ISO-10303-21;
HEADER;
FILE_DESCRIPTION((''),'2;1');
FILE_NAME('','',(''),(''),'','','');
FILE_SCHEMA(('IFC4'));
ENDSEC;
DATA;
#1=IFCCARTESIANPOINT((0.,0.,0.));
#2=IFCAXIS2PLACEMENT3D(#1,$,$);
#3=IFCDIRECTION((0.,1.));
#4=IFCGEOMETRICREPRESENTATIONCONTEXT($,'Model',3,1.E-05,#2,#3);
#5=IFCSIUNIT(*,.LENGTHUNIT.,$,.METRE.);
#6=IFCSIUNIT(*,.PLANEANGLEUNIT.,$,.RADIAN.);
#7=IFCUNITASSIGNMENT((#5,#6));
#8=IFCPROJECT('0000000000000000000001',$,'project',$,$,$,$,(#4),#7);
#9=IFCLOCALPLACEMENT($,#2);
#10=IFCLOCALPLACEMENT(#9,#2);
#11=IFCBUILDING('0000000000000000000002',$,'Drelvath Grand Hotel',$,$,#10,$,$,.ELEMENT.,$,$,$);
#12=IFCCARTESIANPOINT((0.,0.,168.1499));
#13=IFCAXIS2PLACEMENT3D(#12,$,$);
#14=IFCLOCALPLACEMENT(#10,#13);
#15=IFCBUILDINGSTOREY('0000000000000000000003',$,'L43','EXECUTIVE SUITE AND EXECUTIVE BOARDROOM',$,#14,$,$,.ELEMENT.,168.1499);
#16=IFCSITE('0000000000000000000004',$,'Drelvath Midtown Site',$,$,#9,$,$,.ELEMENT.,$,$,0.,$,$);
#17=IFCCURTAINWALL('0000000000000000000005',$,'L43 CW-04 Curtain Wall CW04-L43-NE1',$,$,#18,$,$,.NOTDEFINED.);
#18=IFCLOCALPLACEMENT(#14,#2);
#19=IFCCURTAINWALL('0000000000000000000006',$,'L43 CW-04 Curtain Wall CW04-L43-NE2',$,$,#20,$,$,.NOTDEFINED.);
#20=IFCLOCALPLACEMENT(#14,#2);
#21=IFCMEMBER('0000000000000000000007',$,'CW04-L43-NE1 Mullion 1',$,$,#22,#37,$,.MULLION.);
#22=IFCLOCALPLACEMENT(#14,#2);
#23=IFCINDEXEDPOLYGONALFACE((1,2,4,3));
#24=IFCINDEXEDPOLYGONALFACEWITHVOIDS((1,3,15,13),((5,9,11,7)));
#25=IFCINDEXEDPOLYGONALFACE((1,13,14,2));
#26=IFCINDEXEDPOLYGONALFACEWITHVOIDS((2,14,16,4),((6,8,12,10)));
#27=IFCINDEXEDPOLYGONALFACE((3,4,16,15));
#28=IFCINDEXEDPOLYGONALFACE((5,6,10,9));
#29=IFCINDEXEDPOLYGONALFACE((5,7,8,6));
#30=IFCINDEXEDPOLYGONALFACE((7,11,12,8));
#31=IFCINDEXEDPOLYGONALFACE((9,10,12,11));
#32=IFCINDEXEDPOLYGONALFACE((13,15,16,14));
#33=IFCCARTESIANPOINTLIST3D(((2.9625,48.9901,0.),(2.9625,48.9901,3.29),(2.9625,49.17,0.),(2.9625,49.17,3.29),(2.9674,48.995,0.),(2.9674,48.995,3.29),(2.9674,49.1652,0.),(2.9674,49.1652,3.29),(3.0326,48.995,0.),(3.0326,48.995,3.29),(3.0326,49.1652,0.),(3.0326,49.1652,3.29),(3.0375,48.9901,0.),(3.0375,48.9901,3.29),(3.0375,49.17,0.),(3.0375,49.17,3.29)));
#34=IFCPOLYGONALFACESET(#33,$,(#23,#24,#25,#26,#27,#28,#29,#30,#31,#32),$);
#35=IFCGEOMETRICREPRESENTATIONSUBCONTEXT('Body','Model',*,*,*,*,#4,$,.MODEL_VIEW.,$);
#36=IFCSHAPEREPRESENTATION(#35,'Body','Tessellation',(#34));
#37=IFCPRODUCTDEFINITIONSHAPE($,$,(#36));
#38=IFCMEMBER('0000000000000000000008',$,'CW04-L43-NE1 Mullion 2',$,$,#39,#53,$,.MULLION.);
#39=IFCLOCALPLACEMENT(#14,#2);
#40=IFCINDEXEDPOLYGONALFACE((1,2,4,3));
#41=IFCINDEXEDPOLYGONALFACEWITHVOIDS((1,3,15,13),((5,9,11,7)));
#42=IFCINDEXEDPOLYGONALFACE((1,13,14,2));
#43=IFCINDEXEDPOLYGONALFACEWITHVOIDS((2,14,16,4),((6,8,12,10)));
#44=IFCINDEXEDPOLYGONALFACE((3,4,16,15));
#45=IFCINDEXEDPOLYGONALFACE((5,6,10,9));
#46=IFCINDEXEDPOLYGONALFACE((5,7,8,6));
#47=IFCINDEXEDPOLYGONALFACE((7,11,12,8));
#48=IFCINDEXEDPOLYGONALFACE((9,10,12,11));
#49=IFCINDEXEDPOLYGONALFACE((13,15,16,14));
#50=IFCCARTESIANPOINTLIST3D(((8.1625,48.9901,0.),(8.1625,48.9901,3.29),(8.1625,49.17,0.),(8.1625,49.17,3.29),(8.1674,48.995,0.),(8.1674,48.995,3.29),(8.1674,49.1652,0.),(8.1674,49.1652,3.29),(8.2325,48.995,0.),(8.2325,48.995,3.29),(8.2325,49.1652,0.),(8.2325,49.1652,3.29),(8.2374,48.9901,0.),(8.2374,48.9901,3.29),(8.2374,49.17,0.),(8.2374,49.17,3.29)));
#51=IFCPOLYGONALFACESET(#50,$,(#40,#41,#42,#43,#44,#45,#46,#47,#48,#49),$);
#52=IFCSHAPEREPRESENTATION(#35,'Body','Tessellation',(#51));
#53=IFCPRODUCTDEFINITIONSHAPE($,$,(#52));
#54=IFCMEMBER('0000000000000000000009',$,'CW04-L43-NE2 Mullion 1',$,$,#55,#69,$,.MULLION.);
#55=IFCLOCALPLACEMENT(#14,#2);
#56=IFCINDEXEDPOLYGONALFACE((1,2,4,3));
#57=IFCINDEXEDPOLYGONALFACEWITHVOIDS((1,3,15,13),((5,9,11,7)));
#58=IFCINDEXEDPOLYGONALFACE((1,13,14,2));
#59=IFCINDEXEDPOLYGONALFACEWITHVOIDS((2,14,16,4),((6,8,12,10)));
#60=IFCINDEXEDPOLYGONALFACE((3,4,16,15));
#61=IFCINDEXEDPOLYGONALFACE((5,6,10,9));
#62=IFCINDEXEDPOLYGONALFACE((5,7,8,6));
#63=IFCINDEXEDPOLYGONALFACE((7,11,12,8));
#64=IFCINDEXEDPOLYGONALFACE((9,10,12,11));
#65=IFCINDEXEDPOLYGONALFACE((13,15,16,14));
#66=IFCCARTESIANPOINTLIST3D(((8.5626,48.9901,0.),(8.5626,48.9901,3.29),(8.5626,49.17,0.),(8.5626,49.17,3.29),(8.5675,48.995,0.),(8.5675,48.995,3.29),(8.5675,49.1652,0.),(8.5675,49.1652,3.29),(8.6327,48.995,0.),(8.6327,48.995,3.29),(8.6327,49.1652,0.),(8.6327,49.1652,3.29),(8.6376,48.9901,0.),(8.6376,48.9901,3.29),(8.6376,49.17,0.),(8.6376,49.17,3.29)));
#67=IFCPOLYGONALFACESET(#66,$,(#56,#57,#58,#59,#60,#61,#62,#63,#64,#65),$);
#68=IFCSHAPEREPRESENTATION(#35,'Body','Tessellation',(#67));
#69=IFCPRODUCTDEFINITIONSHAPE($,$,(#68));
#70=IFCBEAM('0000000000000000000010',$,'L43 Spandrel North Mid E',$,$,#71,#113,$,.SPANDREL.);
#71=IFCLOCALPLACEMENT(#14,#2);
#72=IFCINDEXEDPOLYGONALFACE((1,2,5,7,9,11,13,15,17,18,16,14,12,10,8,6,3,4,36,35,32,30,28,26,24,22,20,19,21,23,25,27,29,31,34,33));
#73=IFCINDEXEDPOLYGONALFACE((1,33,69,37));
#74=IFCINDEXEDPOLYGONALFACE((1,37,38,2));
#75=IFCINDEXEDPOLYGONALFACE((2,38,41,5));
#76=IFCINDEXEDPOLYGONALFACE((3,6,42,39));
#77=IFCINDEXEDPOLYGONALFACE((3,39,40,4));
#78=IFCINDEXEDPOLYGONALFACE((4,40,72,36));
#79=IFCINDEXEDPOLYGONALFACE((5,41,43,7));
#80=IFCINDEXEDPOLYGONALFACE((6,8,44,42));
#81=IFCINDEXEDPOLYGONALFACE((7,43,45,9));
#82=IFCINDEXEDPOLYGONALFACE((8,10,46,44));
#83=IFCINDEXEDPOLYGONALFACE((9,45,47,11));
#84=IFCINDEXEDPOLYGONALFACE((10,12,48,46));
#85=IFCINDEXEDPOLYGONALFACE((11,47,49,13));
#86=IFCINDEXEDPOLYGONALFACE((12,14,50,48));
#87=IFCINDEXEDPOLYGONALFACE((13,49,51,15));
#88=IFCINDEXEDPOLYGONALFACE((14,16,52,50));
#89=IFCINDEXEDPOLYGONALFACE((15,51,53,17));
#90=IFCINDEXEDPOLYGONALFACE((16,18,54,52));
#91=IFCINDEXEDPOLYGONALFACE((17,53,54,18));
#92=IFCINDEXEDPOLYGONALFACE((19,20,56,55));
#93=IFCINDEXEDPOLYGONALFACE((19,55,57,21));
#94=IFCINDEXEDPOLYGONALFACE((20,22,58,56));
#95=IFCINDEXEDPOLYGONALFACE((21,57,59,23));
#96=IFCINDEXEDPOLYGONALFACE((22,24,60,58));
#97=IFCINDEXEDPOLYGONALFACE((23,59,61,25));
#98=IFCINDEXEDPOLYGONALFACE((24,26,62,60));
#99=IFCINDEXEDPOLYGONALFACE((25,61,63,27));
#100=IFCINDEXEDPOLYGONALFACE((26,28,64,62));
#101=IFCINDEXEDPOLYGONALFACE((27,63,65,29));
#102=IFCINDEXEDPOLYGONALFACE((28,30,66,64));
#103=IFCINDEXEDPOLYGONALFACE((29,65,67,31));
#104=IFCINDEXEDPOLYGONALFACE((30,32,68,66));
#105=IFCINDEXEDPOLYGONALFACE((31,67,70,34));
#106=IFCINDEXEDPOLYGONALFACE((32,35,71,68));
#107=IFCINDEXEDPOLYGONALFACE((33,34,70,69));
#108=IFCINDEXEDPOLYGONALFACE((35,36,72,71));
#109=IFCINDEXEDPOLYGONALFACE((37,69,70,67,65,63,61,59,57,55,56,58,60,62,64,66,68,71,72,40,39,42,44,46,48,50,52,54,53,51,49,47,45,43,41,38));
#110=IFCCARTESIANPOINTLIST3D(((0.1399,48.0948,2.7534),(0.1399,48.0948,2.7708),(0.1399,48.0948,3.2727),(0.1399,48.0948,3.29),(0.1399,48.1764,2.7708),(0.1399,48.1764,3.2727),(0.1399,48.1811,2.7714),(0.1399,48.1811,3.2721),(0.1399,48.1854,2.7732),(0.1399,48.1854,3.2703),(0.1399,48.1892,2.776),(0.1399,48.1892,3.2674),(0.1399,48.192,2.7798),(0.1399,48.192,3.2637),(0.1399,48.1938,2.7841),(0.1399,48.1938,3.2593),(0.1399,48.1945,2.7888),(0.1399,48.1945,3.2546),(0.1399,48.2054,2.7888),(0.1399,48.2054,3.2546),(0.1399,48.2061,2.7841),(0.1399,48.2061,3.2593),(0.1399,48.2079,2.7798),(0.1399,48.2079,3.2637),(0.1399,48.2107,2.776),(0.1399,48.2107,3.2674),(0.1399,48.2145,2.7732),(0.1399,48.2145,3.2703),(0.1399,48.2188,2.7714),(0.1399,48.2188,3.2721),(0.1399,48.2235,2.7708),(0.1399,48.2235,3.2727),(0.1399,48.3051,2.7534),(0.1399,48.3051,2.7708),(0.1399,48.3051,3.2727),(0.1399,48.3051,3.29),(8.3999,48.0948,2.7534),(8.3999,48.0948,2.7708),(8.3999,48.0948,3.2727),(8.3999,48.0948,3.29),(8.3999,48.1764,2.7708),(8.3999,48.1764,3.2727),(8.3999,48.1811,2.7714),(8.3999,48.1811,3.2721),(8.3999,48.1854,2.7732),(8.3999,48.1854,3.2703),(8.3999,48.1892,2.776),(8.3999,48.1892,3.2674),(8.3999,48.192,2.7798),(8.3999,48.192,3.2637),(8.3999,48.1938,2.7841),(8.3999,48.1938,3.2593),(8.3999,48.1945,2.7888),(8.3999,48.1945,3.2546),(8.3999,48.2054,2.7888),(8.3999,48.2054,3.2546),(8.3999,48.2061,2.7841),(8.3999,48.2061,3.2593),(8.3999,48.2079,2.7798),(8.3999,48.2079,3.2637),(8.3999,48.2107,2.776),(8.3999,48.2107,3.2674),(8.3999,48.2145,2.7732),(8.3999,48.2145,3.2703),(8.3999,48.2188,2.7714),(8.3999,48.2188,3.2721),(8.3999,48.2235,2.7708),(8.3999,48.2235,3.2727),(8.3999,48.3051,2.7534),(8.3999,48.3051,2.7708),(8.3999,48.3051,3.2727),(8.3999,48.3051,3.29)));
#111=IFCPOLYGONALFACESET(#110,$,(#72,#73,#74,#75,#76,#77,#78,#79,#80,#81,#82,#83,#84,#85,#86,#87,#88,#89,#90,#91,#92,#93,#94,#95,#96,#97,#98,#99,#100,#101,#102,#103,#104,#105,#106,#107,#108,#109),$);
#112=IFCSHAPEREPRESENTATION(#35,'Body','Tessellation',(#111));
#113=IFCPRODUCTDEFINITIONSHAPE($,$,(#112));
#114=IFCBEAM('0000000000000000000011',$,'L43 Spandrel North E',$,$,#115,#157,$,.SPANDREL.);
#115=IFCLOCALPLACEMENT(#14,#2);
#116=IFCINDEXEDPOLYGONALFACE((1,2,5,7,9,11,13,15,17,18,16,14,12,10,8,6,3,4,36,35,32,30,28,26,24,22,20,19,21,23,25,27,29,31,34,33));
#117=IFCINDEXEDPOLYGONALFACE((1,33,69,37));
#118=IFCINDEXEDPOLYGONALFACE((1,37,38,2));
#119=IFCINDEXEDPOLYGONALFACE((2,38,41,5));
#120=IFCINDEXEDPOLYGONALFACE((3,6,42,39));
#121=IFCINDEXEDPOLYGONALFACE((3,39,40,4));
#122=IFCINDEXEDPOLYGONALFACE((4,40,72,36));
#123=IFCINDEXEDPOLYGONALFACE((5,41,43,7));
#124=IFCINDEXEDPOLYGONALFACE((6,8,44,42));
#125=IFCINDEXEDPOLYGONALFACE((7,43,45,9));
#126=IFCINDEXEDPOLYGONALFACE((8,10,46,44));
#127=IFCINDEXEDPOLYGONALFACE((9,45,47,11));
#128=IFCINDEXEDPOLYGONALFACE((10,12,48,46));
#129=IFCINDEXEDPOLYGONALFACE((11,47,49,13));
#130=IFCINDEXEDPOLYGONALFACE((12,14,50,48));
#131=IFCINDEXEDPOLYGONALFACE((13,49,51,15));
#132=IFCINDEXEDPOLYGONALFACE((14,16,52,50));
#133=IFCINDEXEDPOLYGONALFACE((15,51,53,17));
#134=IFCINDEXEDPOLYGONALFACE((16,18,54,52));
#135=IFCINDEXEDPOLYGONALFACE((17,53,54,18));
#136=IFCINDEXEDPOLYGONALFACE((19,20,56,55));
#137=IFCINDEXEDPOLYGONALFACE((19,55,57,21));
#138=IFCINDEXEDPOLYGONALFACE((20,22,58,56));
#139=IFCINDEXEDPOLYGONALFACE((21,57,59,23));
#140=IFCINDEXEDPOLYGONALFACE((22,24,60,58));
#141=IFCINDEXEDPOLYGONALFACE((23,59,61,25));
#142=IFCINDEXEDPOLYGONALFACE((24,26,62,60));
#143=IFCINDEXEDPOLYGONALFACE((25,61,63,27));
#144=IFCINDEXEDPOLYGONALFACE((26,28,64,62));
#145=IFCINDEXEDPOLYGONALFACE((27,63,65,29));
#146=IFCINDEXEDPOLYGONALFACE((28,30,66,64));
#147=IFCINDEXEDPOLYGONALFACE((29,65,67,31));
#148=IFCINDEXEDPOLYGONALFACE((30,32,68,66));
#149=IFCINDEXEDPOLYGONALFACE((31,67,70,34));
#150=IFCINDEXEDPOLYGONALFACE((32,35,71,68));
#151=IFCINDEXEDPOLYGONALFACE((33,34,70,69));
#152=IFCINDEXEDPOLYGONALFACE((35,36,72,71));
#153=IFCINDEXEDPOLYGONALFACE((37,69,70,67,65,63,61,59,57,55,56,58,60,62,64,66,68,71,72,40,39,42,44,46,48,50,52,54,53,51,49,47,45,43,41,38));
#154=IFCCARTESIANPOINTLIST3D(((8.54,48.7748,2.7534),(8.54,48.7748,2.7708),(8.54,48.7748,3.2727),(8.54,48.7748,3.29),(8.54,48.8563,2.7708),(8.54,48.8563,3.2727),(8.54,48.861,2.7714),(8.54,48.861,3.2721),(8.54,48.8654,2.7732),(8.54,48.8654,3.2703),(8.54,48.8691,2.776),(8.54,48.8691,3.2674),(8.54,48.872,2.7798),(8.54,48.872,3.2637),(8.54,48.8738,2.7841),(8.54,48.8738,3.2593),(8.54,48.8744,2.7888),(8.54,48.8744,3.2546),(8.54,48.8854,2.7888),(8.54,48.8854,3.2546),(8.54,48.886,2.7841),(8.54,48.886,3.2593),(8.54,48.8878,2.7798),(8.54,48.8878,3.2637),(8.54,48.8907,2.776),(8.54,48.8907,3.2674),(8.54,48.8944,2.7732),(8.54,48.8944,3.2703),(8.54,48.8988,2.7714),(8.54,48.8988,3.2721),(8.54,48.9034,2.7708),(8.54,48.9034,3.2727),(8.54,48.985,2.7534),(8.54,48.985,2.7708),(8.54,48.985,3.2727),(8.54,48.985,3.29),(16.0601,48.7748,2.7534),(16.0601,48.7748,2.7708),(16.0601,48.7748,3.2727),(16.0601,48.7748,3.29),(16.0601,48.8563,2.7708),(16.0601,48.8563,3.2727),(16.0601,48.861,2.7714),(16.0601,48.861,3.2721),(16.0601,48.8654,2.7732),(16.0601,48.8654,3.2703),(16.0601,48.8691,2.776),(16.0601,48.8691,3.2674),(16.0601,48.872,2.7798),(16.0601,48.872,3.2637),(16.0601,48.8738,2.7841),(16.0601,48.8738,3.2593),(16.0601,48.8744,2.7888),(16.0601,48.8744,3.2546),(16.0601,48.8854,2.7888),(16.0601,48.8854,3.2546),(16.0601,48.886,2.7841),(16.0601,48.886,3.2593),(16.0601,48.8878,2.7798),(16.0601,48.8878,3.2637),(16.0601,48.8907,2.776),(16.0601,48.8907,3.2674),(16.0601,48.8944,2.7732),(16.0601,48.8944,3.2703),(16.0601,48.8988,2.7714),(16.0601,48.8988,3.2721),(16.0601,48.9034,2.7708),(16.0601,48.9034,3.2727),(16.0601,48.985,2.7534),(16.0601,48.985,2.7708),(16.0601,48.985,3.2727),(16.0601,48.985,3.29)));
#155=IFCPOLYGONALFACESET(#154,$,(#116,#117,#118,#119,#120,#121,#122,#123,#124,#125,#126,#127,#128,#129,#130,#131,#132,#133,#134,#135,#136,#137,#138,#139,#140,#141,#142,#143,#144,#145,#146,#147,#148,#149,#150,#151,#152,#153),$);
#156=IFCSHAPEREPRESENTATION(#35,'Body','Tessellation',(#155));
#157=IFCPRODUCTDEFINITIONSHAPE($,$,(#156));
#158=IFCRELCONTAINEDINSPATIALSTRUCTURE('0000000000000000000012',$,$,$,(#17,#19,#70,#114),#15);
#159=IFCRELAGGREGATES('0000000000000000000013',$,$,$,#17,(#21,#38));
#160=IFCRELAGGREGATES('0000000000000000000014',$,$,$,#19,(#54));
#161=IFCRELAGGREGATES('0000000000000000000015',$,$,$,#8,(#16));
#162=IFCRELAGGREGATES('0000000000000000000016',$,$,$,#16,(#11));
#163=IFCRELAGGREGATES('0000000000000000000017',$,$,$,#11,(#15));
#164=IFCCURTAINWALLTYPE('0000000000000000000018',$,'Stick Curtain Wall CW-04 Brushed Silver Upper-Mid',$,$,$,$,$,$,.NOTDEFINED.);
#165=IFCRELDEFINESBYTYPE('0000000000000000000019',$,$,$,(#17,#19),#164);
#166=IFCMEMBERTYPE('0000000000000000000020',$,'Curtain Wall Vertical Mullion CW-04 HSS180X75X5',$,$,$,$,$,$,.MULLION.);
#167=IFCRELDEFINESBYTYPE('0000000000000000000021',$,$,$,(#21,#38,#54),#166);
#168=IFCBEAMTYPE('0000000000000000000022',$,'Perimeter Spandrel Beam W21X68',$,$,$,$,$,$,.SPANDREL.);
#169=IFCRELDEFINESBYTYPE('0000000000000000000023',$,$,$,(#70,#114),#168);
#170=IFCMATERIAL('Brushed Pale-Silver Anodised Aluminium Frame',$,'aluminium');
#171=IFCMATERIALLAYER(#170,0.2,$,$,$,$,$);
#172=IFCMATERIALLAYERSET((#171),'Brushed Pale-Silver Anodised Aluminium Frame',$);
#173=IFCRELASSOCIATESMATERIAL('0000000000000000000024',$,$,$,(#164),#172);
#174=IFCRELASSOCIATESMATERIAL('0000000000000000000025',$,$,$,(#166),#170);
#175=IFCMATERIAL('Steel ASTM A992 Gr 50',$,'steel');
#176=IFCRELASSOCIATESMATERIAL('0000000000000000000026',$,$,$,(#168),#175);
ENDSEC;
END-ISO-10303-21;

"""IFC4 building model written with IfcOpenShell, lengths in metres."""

from ifc_helpers import new_model, si_unit, direction, frame, origin, origin_2d, place, context, subcontext, project, spatial, hollow_rectangle, i_section, extrude, material, layer, layer_set, material_profile, profile_set, type_object, element, aggregate, save


model = new_model("IFC4")

# Units and contexts
model_context = context("Model", 3, precision=1e-05, world=origin(), true_north=direction((0.0, 1.0)))
body_context = subcontext(model_context, "Body", "Model", "MODEL_VIEW")
ifc_project = project(units=[si_unit("LENGTHUNIT", "METRE"), si_unit("PLANEANGLEUNIT", "RADIAN")], contexts=[model_context])

# Site, building, storey
site_placement = place(None, origin())
site = spatial("IfcSite", under=ifc_project, at=site_placement, Name="Drelvath Midtown Site", CompositionType="ELEMENT", RefElevation=0.0)
building_placement = place(site_placement, origin())
building = spatial("IfcBuilding", under=site, at=building_placement, Name="Drelvath Grand Hotel", CompositionType="ELEMENT")
storey_placement = place(building_placement, frame((0.0, 0.0, 168.1499)))
storey = spatial("IfcBuildingStorey", under=building, at=storey_placement, Name="L43", Description="EXECUTIVE SUITE AND EXECUTIVE BOARDROOM", CompositionType="ELEMENT", Elevation=168.1499)

# Curtain walls
ifc_material_1 = material(Name="Brushed Pale-Silver Anodised Aluminium Frame", Category="aluminium")
ifc_layer_1 = layer(ifc_material_1, 0.2)
ifc_layer_set_1 = layer_set([ifc_layer_1], Name="Brushed Pale-Silver Anodised Aluminium Frame")
curtain_wall_type = type_object("IfcCurtainWallType", Name="Stick Curtain Wall CW-04 Brushed Silver Upper-Mid", PredefinedType="NOTDEFINED", material=ifc_layer_set_1)
curtain_wall_1_placement = place(storey_placement, origin())
curtain_wall_1 = element("IfcCurtainWall", 1, at=curtain_wall_1_placement, inside=storey, type_object=curtain_wall_type, Name="L43 CW-04 Curtain Wall CW04-L43-NE1", PredefinedType="NOTDEFINED")
curtain_wall_2_placement = place(storey_placement, origin())
curtain_wall_2 = element("IfcCurtainWall", 2, at=curtain_wall_2_placement, inside=storey, type_object=curtain_wall_type, Name="L43 CW-04 Curtain Wall CW04-L43-NE2", PredefinedType="NOTDEFINED")

# Members
ifc_material_profile_1 = material_profile(ifc_material_1, hollow_rectangle(XDim=0.075, YDim=0.1799, WallThickness=0.0049, at=origin_2d()), Name="HSS180X75X5")
ifc_profile_set_1 = profile_set([ifc_material_profile_1], Name="Brushed Pale-Silver Anodised Aluminium Frame")
member_type_1 = type_object("IfcMemberType", Name="Curtain Wall Vertical Mullion CW-04 HSS180X75X5", PredefinedType="MULLION", material=ifc_profile_set_1)
member_1_placement = place(storey_placement, frame((3.0, 49.0801, 0.0), z_axis=(0.0, 0.0, 1.0), x_axis=(1.0, 0.0, 0.0)))
member_1 = element("IfcMember", 3, at=member_1_placement, type_object=member_type_1, Name="CW04-L43-NE1 Mullion 1", PredefinedType="MULLION", context=body_context, shape_type="SweptSolid", body=[
    extrude(hollow_rectangle(XDim=0.075, YDim=0.1799, WallThickness=0.0049, at=origin_2d()), origin(), (0.0, 0.0, 1.0), 3.29),
])
member_2_placement = place(storey_placement, frame((8.2, 49.0801, 0.0), z_axis=(0.0, 0.0, 1.0), x_axis=(1.0, 0.0, 0.0)))
member_2 = element("IfcMember", 4, at=member_2_placement, type_object=member_type_1, Name="CW04-L43-NE1 Mullion 2", PredefinedType="MULLION", context=body_context, shape_type="SweptSolid", body=[
    extrude(hollow_rectangle(XDim=0.075, YDim=0.1799, WallThickness=0.0049, at=origin_2d()), origin(), (0.0, 0.0, 1.0), 3.29),
])
member_3_placement = place(storey_placement, frame((8.6001, 49.0801, 0.0), z_axis=(0.0, 0.0, 1.0), x_axis=(1.0, 0.0, 0.0)))
member_3 = element("IfcMember", 5, at=member_3_placement, type_object=member_type_1, Name="CW04-L43-NE2 Mullion 1", PredefinedType="MULLION", context=body_context, shape_type="SweptSolid", body=[
    extrude(hollow_rectangle(XDim=0.075, YDim=0.1799, WallThickness=0.0049, at=origin_2d()), origin(), (0.0, 0.0, 1.0), 3.29),
])

# Beams
ifc_material_2 = material(Name="Steel ASTM A992 Gr 50", Category="steel")
ifc_material_profile_2 = material_profile(ifc_material_2, i_section(OverallWidth=0.2102, OverallDepth=0.5366, WebThickness=0.011, FlangeThickness=0.0173, FilletRadius=0.0181, at=origin_2d()), Name="W21X68")
ifc_profile_set_2 = profile_set([ifc_material_profile_2], Name="Steel ASTM A992 Gr 50")
beam_type_1 = type_object("IfcBeamType", Name="Perimeter Spandrel Beam W21X68", PredefinedType="SPANDREL", material=ifc_profile_set_2)
beam_1_placement = place(storey_placement, frame((0.1399, 48.2, 3.0217), z_axis=(1.0, 0.0, 0.0), x_axis=(0.0, 1.0, 0.0)))
element("IfcBeam", 6, at=beam_1_placement, inside=storey, type_object=beam_type_1, Name="L43 Spandrel North Mid E", PredefinedType="SPANDREL", context=body_context, shape_type="SweptSolid", body=[
    extrude(i_section(OverallWidth=0.2102, OverallDepth=0.5366, WebThickness=0.011, FlangeThickness=0.0173, FilletRadius=0.0181, at=origin_2d()), origin(), (0.0, 0.0, 1.0), 8.26),
])
beam_2_placement = place(storey_placement, frame((8.54, 48.8799, 3.0217), z_axis=(1.0, 0.0, 0.0), x_axis=(0.0, 1.0, 0.0)))
element("IfcBeam", 7, at=beam_2_placement, inside=storey, type_object=beam_type_1, Name="L43 Spandrel North E", PredefinedType="SPANDREL", context=body_context, shape_type="SweptSolid", body=[
    extrude(i_section(OverallWidth=0.2102, OverallDepth=0.5366, WebThickness=0.011, FlangeThickness=0.0173, FilletRadius=0.0181, at=origin_2d()), origin(), (0.0, 0.0, 1.0), 7.52),
])

aggregate(curtain_wall_1, [member_1, member_2])
aggregate(curtain_wall_2, [member_3])

save(model, "model.ifc")
